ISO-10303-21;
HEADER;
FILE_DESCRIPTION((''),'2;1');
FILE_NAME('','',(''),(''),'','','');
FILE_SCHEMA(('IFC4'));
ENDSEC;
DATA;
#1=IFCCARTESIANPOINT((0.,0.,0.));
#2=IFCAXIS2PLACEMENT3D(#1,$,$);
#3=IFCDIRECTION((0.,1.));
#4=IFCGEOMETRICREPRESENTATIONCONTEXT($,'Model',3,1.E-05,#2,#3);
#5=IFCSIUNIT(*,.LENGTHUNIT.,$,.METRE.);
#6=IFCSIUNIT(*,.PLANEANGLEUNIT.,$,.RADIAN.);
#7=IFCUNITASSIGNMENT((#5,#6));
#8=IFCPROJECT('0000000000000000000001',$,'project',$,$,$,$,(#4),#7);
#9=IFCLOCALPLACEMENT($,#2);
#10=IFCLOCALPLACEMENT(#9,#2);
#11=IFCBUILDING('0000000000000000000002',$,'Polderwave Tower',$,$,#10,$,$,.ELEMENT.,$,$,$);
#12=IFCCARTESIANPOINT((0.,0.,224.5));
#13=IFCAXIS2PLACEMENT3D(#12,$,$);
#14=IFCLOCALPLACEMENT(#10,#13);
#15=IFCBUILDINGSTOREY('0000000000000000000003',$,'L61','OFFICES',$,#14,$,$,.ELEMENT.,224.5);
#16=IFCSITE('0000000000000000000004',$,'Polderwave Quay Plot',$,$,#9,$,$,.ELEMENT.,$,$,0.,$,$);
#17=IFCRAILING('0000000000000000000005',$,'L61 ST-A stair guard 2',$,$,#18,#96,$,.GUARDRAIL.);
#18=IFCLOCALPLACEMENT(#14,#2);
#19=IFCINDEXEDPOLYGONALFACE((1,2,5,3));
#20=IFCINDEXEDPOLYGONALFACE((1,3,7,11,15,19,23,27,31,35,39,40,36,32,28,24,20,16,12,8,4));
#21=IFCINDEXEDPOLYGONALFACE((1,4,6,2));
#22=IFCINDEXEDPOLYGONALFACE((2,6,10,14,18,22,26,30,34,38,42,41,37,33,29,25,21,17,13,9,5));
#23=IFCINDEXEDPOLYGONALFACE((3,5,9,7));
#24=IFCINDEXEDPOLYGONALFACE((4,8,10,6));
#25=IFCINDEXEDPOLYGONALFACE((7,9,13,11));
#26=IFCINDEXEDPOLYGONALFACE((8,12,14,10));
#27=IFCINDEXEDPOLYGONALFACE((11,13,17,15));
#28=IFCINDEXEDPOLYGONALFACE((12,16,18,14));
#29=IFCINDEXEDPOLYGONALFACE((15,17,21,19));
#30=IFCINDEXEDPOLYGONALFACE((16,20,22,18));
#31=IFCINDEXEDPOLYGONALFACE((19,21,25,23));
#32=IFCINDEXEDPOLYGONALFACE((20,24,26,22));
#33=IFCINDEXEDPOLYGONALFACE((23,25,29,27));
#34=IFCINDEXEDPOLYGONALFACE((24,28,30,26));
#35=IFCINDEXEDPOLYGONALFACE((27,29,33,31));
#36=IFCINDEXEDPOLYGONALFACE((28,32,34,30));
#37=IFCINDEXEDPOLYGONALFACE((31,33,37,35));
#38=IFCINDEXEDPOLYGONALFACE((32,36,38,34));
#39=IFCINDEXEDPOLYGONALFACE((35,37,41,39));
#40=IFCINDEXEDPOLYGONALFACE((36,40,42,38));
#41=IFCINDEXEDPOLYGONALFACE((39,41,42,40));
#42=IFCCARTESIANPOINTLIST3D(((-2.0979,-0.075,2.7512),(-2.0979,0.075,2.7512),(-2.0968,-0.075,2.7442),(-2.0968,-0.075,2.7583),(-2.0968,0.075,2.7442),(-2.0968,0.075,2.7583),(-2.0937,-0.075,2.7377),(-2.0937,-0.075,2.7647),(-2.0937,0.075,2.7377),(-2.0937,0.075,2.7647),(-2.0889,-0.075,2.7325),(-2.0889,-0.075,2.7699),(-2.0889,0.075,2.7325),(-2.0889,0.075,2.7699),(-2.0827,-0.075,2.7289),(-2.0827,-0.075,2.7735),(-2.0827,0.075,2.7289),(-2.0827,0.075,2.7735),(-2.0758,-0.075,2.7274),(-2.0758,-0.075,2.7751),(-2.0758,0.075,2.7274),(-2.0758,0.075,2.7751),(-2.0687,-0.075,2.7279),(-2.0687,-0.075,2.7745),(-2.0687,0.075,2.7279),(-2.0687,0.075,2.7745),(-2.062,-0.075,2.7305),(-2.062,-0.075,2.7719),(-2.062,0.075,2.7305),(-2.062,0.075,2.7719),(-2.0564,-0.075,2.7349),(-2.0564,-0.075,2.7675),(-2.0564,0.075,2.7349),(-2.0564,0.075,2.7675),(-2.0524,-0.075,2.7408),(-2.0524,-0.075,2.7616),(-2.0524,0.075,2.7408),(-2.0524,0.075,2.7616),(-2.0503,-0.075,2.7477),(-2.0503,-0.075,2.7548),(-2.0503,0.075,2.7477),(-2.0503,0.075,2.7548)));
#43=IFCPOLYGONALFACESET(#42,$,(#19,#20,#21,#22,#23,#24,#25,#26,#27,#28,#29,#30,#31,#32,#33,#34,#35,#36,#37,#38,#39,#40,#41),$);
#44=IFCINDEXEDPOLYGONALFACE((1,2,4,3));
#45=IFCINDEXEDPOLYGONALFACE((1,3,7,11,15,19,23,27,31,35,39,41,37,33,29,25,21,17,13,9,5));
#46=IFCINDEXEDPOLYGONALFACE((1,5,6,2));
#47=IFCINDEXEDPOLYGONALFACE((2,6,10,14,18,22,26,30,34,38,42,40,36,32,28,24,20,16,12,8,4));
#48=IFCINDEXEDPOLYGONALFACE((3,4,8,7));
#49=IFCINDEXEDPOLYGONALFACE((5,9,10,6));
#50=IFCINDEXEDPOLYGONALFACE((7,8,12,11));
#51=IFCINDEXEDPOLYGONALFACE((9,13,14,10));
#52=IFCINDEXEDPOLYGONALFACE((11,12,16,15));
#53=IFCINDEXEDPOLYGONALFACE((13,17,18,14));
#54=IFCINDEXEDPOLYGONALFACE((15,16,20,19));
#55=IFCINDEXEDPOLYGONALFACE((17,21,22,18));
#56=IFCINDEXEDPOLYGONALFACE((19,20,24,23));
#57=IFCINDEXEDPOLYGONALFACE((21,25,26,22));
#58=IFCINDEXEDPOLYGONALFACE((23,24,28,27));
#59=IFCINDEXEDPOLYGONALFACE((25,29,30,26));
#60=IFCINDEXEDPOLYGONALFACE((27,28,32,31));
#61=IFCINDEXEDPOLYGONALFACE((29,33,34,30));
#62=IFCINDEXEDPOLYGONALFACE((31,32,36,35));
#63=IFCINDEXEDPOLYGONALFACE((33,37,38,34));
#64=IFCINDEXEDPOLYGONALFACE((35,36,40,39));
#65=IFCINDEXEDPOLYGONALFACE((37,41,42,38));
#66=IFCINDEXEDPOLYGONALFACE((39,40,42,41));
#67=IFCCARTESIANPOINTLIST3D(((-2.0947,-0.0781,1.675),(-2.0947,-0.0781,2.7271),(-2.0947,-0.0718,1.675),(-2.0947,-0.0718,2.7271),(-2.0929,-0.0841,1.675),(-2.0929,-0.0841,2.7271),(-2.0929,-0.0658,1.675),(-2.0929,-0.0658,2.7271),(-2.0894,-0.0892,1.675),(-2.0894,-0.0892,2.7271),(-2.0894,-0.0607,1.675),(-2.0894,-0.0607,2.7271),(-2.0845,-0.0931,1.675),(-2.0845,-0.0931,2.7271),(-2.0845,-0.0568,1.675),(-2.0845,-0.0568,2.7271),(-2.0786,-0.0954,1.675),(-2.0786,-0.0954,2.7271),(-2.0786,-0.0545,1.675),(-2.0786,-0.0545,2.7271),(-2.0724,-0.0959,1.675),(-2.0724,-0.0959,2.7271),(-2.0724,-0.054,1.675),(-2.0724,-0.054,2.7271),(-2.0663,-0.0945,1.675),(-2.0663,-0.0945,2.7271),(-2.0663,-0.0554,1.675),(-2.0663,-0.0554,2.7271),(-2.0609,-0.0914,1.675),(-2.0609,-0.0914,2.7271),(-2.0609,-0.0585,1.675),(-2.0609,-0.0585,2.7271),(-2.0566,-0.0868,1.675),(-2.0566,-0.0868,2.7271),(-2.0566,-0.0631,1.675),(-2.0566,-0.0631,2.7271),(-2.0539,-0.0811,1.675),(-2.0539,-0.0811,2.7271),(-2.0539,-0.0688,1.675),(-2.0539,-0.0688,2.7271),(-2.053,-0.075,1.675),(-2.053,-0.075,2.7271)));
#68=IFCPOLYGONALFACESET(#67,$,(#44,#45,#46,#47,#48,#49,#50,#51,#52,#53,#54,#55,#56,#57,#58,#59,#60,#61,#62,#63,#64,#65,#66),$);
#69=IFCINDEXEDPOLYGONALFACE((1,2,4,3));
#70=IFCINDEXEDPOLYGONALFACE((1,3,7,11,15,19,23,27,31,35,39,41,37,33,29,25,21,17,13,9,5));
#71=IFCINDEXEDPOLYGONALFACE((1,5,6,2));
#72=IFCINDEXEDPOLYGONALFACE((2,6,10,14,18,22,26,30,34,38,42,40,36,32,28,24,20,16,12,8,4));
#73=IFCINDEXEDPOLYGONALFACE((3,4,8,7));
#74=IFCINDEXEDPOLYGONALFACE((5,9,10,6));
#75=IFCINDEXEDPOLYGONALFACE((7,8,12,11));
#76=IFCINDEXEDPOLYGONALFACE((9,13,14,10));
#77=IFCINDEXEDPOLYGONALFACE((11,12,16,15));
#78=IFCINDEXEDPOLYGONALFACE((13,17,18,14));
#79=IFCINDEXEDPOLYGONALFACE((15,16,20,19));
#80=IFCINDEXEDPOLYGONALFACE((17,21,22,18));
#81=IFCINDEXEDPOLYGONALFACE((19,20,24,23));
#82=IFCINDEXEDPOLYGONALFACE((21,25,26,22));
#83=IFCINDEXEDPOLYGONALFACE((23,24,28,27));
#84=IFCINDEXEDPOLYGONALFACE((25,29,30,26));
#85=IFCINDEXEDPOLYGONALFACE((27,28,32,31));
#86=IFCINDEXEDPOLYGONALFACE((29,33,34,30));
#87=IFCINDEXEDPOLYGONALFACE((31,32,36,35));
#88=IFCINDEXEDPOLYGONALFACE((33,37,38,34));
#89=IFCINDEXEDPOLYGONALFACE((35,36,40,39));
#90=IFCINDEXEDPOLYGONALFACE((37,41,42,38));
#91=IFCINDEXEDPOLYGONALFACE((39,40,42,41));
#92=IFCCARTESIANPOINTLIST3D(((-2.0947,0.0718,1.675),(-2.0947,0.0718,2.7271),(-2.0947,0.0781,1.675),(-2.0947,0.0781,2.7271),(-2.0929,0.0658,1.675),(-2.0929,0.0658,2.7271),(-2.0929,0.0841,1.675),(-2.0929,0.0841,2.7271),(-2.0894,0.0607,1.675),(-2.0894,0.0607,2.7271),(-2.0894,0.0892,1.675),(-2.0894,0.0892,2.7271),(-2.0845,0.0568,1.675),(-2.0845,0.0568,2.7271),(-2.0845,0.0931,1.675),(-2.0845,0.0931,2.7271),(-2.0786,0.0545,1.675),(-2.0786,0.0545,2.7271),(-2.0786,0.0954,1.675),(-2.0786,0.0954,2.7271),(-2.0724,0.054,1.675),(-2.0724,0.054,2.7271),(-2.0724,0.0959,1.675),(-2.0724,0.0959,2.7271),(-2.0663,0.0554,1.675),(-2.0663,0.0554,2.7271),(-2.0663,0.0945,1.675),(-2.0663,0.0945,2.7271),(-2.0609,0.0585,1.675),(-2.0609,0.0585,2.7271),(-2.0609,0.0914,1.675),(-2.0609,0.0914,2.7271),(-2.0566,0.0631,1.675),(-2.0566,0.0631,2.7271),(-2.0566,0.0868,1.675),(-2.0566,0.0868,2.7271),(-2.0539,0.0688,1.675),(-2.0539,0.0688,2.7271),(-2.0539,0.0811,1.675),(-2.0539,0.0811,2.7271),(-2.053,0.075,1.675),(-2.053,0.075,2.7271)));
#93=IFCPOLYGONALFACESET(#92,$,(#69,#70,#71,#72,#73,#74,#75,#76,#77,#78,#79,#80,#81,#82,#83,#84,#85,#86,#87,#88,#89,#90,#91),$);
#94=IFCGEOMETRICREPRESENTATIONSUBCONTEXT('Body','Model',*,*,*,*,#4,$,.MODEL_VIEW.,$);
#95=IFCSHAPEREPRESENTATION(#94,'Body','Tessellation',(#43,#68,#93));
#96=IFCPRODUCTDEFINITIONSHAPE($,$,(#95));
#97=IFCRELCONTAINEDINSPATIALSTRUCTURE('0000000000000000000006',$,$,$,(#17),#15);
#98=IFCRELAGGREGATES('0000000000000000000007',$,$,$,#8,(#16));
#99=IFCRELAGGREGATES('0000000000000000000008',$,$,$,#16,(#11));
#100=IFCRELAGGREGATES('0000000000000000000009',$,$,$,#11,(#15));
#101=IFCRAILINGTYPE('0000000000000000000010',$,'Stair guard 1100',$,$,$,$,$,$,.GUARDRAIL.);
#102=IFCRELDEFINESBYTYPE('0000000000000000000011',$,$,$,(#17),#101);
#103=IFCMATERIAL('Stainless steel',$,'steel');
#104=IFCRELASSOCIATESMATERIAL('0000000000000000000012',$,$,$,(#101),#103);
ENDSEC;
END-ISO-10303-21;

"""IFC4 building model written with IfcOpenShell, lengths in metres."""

from ifc_helpers import new_model, si_unit, direction, frame, origin, origin_2d, place, context, subcontext, project, spatial, circle, extrude, material, type_object, element, save


model = new_model("IFC4")

# Units and contexts
model_context = context("Model", 3, precision=1e-05, world=origin(), true_north=direction((0.0, 1.0)))
body_context = subcontext(model_context, "Body", "Model", "MODEL_VIEW")
ifc_project = project(units=[si_unit("LENGTHUNIT", "METRE"), si_unit("PLANEANGLEUNIT", "RADIAN")], contexts=[model_context])

# Site, building, storey
site_placement = place(None, origin())
site = spatial("IfcSite", under=ifc_project, at=site_placement, Name="Polderwave Quay Plot", CompositionType="ELEMENT", RefElevation=0.0)
building_placement = place(site_placement, origin())
building = spatial("IfcBuilding", under=site, at=building_placement, Name="Polderwave Tower", CompositionType="ELEMENT")
storey_placement = place(building_placement, frame((0.0, 0.0, 224.5)))
storey = spatial("IfcBuildingStorey", under=building, at=storey_placement, Name="L61", Description="OFFICES", CompositionType="ELEMENT", Elevation=224.5)

# Railing
ifc_material_1 = material(Name="Stainless steel", Category="steel")
railing_type_1 = type_object("IfcRailingType", Name="Stair guard 1100", PredefinedType="GUARDRAIL", material=ifc_material_1)
railing_1_placement = place(storey_placement, frame((-2.074, -0.075, 1.675)))
element("IfcRailing", 1, at=railing_1_placement, inside=storey, type_object=railing_type_1, Name="L61 ST-A stair guard 2", PredefinedType="GUARDRAIL", context=body_context, shape_type="SweptSolid", body=[
    extrude(circle(Radius=0.0239, at=origin_2d()), frame((0.0, 0.0, 1.0762), z_axis=(0.0, 1.0, 0.0), x_axis=(-1.0, 0.0, 0.0)), (0.0, 0.0, 1.0), 0.1499),
    extrude(circle(Radius=0.021, at=origin_2d()), origin(), (0.0, 0.0, 1.0), 1.052),
    extrude(circle(Radius=0.021, at=origin_2d()), frame((0.0, 0.1499, 0.0)), (0.0, 0.0, 1.0), 1.052),
])

save(model, "model.ifc")
